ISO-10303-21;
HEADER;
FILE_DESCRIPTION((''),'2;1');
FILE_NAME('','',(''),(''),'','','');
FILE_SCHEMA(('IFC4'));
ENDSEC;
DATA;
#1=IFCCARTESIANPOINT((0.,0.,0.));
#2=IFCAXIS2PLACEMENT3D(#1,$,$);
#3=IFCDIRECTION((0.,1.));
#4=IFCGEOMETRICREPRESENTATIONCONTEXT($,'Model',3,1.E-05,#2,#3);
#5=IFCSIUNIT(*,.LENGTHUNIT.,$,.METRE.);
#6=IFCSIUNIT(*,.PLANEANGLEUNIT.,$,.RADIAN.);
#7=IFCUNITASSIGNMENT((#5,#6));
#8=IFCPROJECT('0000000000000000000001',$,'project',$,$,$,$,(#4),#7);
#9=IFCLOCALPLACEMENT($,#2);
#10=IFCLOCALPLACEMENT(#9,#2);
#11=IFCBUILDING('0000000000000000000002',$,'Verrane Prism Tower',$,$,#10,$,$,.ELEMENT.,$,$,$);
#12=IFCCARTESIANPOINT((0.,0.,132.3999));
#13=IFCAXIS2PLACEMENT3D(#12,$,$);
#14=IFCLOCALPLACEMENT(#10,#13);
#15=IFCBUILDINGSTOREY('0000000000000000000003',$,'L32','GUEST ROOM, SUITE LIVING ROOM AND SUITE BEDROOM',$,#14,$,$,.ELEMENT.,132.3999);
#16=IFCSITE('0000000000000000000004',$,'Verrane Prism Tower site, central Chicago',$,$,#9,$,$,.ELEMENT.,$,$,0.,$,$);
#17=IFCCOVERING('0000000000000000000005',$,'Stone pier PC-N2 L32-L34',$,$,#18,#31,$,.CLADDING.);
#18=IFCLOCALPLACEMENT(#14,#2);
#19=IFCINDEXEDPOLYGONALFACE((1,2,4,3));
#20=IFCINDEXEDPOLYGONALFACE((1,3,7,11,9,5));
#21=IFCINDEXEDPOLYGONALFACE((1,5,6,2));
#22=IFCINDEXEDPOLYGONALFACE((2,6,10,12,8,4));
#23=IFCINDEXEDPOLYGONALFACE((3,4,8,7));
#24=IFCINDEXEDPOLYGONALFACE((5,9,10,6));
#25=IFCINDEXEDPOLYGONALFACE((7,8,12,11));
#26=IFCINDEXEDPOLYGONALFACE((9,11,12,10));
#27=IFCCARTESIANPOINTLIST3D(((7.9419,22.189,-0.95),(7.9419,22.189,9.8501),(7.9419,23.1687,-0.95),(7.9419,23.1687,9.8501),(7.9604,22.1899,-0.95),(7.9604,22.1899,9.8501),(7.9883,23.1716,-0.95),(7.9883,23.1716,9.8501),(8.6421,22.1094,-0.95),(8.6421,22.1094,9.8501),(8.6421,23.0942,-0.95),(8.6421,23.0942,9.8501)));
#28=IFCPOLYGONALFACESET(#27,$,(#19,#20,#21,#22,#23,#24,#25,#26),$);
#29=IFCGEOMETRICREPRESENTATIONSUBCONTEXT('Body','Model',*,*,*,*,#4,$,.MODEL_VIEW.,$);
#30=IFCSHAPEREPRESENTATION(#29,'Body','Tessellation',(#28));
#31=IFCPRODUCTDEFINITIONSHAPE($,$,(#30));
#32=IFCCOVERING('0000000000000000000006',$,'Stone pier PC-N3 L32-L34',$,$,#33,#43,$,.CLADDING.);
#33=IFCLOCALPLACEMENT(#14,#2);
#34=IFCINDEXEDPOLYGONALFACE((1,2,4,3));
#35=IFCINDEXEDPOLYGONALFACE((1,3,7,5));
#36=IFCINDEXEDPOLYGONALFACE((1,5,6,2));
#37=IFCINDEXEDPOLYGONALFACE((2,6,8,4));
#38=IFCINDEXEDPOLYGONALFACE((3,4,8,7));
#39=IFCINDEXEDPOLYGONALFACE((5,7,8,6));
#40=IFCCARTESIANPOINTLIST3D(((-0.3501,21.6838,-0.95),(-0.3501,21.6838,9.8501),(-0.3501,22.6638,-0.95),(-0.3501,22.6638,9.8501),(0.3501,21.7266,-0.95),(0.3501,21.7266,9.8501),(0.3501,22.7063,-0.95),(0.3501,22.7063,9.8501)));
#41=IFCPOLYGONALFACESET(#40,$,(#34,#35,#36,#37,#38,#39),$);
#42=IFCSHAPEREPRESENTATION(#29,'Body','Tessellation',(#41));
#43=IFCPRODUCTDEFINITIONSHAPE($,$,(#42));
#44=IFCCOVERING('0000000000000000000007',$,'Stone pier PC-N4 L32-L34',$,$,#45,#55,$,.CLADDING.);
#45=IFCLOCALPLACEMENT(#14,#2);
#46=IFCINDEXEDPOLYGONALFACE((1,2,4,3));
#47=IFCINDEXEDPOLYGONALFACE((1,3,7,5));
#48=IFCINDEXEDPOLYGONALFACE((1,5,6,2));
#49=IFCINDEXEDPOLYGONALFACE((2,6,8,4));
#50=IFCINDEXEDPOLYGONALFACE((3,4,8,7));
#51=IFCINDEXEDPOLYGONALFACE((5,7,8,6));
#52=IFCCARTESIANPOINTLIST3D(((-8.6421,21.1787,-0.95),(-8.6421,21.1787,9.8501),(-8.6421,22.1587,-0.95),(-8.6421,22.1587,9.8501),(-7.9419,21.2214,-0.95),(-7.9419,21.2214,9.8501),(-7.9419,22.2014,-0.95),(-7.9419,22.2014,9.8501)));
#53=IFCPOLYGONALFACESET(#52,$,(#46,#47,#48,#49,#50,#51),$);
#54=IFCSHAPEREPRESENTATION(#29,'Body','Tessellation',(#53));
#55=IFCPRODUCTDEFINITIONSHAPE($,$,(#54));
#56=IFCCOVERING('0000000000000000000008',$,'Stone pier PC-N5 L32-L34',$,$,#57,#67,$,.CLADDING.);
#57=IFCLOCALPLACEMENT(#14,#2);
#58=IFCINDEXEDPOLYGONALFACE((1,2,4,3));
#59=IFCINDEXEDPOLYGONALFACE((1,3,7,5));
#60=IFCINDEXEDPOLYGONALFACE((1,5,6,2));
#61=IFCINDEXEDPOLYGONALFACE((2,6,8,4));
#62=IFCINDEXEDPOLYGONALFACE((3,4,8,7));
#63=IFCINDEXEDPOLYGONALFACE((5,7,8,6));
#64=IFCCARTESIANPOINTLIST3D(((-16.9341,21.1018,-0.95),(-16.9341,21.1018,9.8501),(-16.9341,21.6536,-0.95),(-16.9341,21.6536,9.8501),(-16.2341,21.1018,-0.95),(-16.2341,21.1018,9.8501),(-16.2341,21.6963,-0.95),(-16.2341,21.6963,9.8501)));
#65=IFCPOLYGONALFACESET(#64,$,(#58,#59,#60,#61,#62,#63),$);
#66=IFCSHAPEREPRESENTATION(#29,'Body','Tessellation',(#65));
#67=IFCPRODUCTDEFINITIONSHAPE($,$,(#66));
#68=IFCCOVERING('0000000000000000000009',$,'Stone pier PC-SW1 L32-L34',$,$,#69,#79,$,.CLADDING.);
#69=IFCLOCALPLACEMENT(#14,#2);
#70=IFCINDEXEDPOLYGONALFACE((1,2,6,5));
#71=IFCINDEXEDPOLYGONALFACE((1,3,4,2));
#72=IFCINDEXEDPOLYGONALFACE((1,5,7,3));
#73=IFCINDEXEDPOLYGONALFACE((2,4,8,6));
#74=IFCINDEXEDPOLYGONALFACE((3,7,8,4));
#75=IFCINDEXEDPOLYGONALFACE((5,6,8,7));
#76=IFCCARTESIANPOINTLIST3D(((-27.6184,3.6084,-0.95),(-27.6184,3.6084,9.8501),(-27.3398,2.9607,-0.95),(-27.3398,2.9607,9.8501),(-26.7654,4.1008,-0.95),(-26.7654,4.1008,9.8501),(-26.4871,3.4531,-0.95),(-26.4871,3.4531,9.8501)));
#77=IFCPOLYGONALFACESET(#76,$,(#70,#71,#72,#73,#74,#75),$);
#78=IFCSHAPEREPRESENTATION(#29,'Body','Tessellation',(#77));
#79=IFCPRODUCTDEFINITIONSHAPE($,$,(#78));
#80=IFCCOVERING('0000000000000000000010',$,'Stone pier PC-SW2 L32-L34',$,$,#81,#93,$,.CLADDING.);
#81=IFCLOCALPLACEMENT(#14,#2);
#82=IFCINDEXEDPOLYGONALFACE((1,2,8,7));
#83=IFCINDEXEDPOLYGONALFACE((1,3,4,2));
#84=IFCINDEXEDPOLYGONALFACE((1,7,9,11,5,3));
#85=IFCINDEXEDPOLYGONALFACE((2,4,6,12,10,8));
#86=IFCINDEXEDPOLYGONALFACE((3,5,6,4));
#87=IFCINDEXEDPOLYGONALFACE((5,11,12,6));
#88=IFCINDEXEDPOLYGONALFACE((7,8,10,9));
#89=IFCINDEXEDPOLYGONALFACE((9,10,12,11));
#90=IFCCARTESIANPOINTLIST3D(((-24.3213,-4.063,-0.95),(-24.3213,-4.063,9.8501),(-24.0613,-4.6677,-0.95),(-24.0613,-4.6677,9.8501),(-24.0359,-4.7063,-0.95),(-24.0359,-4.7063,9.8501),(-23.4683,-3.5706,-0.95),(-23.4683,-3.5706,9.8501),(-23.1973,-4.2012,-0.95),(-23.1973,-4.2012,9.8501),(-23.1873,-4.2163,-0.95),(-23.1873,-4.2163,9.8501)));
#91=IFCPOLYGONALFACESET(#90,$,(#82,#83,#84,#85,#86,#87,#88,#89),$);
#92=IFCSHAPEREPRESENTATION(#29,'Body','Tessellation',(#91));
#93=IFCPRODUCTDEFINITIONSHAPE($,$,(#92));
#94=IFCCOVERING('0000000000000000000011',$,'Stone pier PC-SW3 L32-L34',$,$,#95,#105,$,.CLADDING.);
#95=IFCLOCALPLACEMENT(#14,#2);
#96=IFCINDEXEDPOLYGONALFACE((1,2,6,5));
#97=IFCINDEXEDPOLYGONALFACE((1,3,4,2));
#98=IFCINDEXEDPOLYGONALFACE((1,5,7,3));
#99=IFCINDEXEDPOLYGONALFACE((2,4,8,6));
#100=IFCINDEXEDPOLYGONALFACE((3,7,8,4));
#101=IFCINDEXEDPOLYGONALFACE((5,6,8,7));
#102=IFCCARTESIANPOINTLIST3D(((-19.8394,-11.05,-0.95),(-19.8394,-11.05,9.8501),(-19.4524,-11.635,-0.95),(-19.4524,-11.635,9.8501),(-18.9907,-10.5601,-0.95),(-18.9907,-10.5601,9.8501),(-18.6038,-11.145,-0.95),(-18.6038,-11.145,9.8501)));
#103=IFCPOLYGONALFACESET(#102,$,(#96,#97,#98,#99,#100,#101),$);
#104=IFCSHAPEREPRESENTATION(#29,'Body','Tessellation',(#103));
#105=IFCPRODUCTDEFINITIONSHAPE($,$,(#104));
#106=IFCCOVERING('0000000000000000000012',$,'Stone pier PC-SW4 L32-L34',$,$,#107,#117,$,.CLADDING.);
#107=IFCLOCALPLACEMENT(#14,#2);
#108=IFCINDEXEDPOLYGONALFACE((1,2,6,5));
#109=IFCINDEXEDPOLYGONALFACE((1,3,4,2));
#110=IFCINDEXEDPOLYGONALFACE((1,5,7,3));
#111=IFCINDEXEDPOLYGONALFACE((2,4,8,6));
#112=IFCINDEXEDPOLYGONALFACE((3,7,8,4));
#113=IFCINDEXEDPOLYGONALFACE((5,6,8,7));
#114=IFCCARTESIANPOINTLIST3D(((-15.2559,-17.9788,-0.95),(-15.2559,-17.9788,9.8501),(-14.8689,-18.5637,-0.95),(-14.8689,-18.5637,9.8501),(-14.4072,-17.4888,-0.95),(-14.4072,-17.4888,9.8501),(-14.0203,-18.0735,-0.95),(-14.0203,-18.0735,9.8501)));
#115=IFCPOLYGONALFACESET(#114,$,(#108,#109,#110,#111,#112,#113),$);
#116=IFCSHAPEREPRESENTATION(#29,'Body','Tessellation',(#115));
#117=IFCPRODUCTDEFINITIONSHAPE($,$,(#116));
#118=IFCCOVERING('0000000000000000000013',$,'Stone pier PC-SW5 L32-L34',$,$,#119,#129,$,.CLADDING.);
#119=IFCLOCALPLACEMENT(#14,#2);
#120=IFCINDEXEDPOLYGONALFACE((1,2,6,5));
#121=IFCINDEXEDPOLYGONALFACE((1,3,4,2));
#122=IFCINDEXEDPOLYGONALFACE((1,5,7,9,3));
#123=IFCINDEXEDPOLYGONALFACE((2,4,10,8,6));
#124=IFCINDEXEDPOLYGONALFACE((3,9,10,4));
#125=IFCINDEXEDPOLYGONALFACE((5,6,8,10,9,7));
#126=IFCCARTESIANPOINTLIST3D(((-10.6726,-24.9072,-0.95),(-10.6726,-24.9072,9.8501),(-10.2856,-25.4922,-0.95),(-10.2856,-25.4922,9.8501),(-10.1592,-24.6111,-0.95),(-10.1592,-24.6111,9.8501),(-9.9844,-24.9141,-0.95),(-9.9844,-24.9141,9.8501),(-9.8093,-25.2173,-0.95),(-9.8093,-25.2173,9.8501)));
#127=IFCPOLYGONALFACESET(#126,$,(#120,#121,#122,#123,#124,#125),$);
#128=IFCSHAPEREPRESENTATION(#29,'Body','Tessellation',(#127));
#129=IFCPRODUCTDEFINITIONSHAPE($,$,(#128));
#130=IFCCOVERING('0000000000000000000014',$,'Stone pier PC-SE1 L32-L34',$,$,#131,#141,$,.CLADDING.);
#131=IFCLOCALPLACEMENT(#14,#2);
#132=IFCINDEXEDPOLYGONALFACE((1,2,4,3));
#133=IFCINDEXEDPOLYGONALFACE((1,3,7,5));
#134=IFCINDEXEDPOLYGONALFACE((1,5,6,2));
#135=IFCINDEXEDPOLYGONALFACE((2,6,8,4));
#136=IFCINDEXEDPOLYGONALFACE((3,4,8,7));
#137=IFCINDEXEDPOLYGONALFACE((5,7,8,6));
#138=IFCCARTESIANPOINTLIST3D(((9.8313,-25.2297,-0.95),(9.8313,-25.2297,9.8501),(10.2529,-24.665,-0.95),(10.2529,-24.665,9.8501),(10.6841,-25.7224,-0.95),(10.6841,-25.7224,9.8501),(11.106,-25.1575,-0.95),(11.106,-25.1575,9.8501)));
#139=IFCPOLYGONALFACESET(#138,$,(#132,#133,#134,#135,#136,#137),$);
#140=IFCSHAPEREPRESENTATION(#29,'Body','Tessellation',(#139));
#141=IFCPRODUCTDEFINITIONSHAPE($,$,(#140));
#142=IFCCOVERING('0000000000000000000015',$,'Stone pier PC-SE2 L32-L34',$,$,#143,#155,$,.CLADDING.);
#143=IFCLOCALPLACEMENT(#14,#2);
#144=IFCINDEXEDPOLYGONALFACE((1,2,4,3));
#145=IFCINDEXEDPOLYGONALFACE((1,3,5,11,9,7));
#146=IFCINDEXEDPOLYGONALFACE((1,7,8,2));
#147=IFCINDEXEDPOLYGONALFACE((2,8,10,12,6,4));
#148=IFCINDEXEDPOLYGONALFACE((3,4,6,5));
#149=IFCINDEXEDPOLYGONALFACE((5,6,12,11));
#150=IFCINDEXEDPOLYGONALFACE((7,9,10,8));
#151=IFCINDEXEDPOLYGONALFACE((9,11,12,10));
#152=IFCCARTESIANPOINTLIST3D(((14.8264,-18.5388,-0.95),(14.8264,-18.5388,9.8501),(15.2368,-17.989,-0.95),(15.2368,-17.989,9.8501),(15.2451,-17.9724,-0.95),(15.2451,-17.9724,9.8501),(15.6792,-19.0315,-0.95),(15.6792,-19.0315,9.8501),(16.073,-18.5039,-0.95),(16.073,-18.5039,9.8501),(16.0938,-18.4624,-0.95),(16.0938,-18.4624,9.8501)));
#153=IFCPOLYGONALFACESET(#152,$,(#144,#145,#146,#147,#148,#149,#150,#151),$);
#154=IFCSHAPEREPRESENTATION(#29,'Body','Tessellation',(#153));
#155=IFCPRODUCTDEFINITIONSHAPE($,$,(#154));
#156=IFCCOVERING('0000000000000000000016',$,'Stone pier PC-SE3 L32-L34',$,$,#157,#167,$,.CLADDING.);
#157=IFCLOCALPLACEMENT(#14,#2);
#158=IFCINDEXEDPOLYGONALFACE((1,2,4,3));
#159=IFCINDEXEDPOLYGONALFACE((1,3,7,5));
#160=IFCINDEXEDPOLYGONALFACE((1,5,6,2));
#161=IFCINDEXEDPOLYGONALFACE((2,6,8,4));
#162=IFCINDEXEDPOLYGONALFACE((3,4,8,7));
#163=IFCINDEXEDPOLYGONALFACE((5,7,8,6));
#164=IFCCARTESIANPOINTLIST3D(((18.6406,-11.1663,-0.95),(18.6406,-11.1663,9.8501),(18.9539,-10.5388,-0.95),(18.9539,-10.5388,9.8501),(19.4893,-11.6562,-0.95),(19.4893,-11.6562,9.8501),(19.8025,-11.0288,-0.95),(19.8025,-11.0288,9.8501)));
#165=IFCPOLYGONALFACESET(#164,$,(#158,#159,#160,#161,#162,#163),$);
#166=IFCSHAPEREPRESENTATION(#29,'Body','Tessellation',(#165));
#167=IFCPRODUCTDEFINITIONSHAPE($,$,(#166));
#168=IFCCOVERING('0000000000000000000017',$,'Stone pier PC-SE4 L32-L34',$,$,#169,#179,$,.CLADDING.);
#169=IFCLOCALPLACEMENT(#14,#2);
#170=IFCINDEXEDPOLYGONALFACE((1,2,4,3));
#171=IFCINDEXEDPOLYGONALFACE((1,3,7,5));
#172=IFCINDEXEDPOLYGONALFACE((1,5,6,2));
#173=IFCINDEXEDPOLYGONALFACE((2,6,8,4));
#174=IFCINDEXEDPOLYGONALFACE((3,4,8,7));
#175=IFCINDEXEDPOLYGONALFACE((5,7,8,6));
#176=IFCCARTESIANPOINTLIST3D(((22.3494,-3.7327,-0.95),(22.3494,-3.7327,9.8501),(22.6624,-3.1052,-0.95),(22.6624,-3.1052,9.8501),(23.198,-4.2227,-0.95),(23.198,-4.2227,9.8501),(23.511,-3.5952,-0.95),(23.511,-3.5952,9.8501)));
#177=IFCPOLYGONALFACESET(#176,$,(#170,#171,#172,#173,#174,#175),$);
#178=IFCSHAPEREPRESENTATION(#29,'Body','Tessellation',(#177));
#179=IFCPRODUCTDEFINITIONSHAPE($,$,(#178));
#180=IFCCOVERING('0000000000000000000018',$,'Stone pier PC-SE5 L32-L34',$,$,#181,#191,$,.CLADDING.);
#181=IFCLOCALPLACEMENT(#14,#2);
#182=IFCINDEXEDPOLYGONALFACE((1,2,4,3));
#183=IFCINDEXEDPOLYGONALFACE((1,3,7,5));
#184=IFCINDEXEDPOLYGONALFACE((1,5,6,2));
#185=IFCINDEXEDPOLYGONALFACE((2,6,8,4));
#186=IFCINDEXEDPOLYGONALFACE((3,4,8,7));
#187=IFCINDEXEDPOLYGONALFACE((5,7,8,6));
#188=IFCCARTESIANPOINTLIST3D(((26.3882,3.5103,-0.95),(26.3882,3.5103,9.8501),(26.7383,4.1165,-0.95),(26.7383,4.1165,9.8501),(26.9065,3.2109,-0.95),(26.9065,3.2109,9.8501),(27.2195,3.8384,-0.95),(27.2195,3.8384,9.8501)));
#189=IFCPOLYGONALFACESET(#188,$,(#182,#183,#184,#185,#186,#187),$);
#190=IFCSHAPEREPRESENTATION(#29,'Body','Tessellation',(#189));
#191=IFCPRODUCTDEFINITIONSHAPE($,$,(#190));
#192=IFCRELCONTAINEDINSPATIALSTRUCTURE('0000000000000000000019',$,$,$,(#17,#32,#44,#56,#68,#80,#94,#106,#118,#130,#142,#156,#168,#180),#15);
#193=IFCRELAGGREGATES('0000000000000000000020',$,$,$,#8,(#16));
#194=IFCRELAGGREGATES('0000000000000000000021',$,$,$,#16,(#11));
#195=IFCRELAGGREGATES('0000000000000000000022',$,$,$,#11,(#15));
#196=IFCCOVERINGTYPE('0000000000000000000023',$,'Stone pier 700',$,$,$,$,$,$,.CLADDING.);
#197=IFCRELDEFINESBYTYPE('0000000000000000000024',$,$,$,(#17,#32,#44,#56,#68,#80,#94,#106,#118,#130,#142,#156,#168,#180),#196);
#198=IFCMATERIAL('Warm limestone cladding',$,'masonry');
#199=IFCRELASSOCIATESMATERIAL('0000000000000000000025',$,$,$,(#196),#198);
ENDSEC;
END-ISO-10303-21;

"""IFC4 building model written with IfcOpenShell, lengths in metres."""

from ifc_helpers import new_model, si_unit, direction, frame, origin, place, context, subcontext, project, spatial, polyline, outline, extrude, material, type_object, element, save


model = new_model("IFC4")

# Units and contexts
model_context = context("Model", 3, precision=1e-05, world=origin(), true_north=direction((0.0, 1.0)))
body_context = subcontext(model_context, "Body", "Model", "MODEL_VIEW")
ifc_project = project(units=[si_unit("LENGTHUNIT", "METRE"), si_unit("PLANEANGLEUNIT", "RADIAN")], contexts=[model_context])

# Site, building, storey
site_placement = place(None, origin())
site = spatial("IfcSite", under=ifc_project, at=site_placement, Name="Verrane Prism Tower site, central Chicago", CompositionType="ELEMENT", RefElevation=0.0)
building_placement = place(site_placement, origin())
building = spatial("IfcBuilding", under=site, at=building_placement, Name="Verrane Prism Tower", CompositionType="ELEMENT")
storey_placement = place(building_placement, frame((0.0, 0.0, 132.3999)))
storey = spatial("IfcBuildingStorey", under=building, at=storey_placement, Name="L32", Description="GUEST ROOM, SUITE LIVING ROOM AND SUITE BEDROOM", CompositionType="ELEMENT", Elevation=132.3999)

# Coverings
ifc_material_1 = material(Name="Warm limestone cladding", Category="masonry")
covering_type_1 = type_object("IfcCoveringType", Name="Stone pier 700", PredefinedType="CLADDING", material=ifc_material_1)
covering_1_placement = place(storey_placement, frame((0.0, 0.0, -0.95)))
element("IfcCovering", 1, at=covering_1_placement, inside=storey, type_object=covering_type_1, Name="Stone pier PC-N2 L32-L34", PredefinedType="CLADDING", context=body_context, shape_type="SweptSolid", body=[
    extrude(outline(polyline([(7.9419, 23.1687), (7.9419, 22.189), (7.9604, 22.1899), (8.6421, 22.1094), (8.6421, 23.0942), (7.9883, 23.1716), (7.9419, 23.1687)])), origin(), (0.0, 0.0, 1.0), 10.8),
])
covering_2_placement = place(storey_placement, frame((0.0, 0.0, -0.95)))
element("IfcCovering", 2, at=covering_2_placement, inside=storey, type_object=covering_type_1, Name="Stone pier PC-N3 L32-L34", PredefinedType="CLADDING", context=body_context, shape_type="SweptSolid", body=[
    extrude(outline(polyline([(-0.3501, 22.6638), (-0.3501, 21.6838), (0.3501, 21.7266), (0.3501, 22.7063), (-0.3501, 22.6638)])), origin(), (0.0, 0.0, 1.0), 10.8),
])
covering_3_placement = place(storey_placement, frame((0.0, 0.0, -0.95)))
element("IfcCovering", 3, at=covering_3_placement, inside=storey, type_object=covering_type_1, Name="Stone pier PC-N4 L32-L34", PredefinedType="CLADDING", context=body_context, shape_type="SweptSolid", body=[
    extrude(outline(polyline([(-8.6421, 22.1587), (-8.6421, 21.1787), (-7.9419, 21.2214), (-7.9419, 22.2014), (-8.6421, 22.1587)])), origin(), (0.0, 0.0, 1.0), 10.8),
])
covering_4_placement = place(storey_placement, frame((0.0, 0.0, -0.95)))
element("IfcCovering", 4, at=covering_4_placement, inside=storey, type_object=covering_type_1, Name="Stone pier PC-N5 L32-L34", PredefinedType="CLADDING", context=body_context, shape_type="SweptSolid", body=[
    extrude(outline(polyline([(-16.9341, 21.1018), (-16.2341, 21.1018), (-16.2341, 21.6963), (-16.9341, 21.6536), (-16.9341, 21.1018)])), origin(), (0.0, 0.0, 1.0), 10.8),
])
covering_5_placement = place(storey_placement, frame((0.0, 0.0, -0.95)))
element("IfcCovering", 5, at=covering_5_placement, inside=storey, type_object=covering_type_1, Name="Stone pier PC-SW1 L32-L34", PredefinedType="CLADDING", context=body_context, shape_type="SweptSolid", body=[
    extrude(outline(polyline([(-27.3398, 2.9607), (-26.4871, 3.4531), (-26.7654, 4.1008), (-27.6184, 3.6084), (-27.3398, 2.9607)])), origin(), (0.0, 0.0, 1.0), 10.8),
])
covering_6_placement = place(storey_placement, frame((0.0, 0.0, -0.95)))
element("IfcCovering", 6, at=covering_6_placement, inside=storey, type_object=covering_type_1, Name="Stone pier PC-SW2 L32-L34", PredefinedType="CLADDING", context=body_context, shape_type="SweptSolid", body=[
    extrude(outline(polyline([(-24.0359, -4.7063), (-23.1873, -4.2163), (-23.1973, -4.2012), (-23.4683, -3.5706), (-24.3213, -4.063), (-24.0613, -4.6677), (-24.0359, -4.7063)])), origin(), (0.0, 0.0, 1.0), 10.8),
])
covering_7_placement = place(storey_placement, frame((0.0, 0.0, -0.95)))
element("IfcCovering", 7, at=covering_7_placement, inside=storey, type_object=covering_type_1, Name="Stone pier PC-SW3 L32-L34", PredefinedType="CLADDING", context=body_context, shape_type="SweptSolid", body=[
    extrude(outline(polyline([(-19.4524, -11.635), (-18.6038, -11.145), (-18.9907, -10.5601), (-19.8394, -11.05), (-19.4524, -11.635)])), origin(), (0.0, 0.0, 1.0), 10.8),
])
covering_8_placement = place(storey_placement, frame((0.0, 0.0, -0.95)))
element("IfcCovering", 8, at=covering_8_placement, inside=storey, type_object=covering_type_1, Name="Stone pier PC-SW4 L32-L34", PredefinedType="CLADDING", context=body_context, shape_type="SweptSolid", body=[
    extrude(outline(polyline([(-14.8689, -18.5637), (-14.0203, -18.0735), (-14.4072, -17.4888), (-15.2559, -17.9788), (-14.8689, -18.5637)])), origin(), (0.0, 0.0, 1.0), 10.8),
])
covering_9_placement = place(storey_placement, frame((0.0, 0.0, -0.95)))
element("IfcCovering", 9, at=covering_9_placement, inside=storey, type_object=covering_type_1, Name="Stone pier PC-SW5 L32-L34", PredefinedType="CLADDING", context=body_context, shape_type="SweptSolid", body=[
    extrude(outline(polyline([(-9.8093, -25.2173), (-9.9844, -24.9141), (-10.1592, -24.6111), (-10.6726, -24.9072), (-10.2856, -25.4922), (-9.8093, -25.2173)])), origin(), (0.0, 0.0, 1.0), 10.8),
])
covering_10_placement = place(storey_placement, frame((0.0, 0.0, -0.95)))
element("IfcCovering", 10, at=covering_10_placement, inside=storey, type_object=covering_type_1, Name="Stone pier PC-SE1 L32-L34", PredefinedType="CLADDING", context=body_context, shape_type="SweptSolid", body=[
    extrude(outline(polyline([(11.106, -25.1575), (10.2529, -24.665), (9.8313, -25.2297), (10.6841, -25.7224), (11.106, -25.1575)])), origin(), (0.0, 0.0, 1.0), 10.8),
])
covering_11_placement = place(storey_placement, frame((0.0, 0.0, -0.95)))
element("IfcCovering", 11, at=covering_11_placement, inside=storey, type_object=covering_type_1, Name="Stone pier PC-SE2 L32-L34", PredefinedType="CLADDING", context=body_context, shape_type="SweptSolid", body=[
    extrude(outline(polyline([(16.0938, -18.4624), (15.2451, -17.9724), (15.2368, -17.989), (14.8264, -18.5388), (15.6792, -19.0315), (16.073, -18.5039), (16.0938, -18.4624)])), origin(), (0.0, 0.0, 1.0), 10.8),
])
covering_12_placement = place(storey_placement, frame((0.0, 0.0, -0.95)))
element("IfcCovering", 12, at=covering_12_placement, inside=storey, type_object=covering_type_1, Name="Stone pier PC-SE3 L32-L34", PredefinedType="CLADDING", context=body_context, shape_type="SweptSolid", body=[
    extrude(outline(polyline([(19.8025, -11.0288), (18.9539, -10.5388), (18.6406, -11.1663), (19.4893, -11.6562), (19.8025, -11.0288)])), origin(), (0.0, 0.0, 1.0), 10.8),
])
covering_13_placement = place(storey_placement, frame((0.0, 0.0, -0.95)))
element("IfcCovering", 13, at=covering_13_placement, inside=storey, type_object=covering_type_1, Name="Stone pier PC-SE4 L32-L34", PredefinedType="CLADDING", context=body_context, shape_type="SweptSolid", body=[
    extrude(outline(polyline([(23.511, -3.5952), (22.6624, -3.1052), (22.3494, -3.7327), (23.198, -4.2227), (23.511, -3.5952)])), origin(), (0.0, 0.0, 1.0), 10.8),
])
covering_14_placement = place(storey_placement, frame((0.0, 0.0, -0.95)))
element("IfcCovering", 14, at=covering_14_placement, inside=storey, type_object=covering_type_1, Name="Stone pier PC-SE5 L32-L34", PredefinedType="CLADDING", context=body_context, shape_type="SweptSolid", body=[
    extrude(outline(polyline([(26.7383, 4.1165), (26.3882, 3.5103), (26.9065, 3.2109), (27.2195, 3.8384), (26.7383, 4.1165)])), origin(), (0.0, 0.0, 1.0), 10.8),
])

save(model, "model.ifc")
